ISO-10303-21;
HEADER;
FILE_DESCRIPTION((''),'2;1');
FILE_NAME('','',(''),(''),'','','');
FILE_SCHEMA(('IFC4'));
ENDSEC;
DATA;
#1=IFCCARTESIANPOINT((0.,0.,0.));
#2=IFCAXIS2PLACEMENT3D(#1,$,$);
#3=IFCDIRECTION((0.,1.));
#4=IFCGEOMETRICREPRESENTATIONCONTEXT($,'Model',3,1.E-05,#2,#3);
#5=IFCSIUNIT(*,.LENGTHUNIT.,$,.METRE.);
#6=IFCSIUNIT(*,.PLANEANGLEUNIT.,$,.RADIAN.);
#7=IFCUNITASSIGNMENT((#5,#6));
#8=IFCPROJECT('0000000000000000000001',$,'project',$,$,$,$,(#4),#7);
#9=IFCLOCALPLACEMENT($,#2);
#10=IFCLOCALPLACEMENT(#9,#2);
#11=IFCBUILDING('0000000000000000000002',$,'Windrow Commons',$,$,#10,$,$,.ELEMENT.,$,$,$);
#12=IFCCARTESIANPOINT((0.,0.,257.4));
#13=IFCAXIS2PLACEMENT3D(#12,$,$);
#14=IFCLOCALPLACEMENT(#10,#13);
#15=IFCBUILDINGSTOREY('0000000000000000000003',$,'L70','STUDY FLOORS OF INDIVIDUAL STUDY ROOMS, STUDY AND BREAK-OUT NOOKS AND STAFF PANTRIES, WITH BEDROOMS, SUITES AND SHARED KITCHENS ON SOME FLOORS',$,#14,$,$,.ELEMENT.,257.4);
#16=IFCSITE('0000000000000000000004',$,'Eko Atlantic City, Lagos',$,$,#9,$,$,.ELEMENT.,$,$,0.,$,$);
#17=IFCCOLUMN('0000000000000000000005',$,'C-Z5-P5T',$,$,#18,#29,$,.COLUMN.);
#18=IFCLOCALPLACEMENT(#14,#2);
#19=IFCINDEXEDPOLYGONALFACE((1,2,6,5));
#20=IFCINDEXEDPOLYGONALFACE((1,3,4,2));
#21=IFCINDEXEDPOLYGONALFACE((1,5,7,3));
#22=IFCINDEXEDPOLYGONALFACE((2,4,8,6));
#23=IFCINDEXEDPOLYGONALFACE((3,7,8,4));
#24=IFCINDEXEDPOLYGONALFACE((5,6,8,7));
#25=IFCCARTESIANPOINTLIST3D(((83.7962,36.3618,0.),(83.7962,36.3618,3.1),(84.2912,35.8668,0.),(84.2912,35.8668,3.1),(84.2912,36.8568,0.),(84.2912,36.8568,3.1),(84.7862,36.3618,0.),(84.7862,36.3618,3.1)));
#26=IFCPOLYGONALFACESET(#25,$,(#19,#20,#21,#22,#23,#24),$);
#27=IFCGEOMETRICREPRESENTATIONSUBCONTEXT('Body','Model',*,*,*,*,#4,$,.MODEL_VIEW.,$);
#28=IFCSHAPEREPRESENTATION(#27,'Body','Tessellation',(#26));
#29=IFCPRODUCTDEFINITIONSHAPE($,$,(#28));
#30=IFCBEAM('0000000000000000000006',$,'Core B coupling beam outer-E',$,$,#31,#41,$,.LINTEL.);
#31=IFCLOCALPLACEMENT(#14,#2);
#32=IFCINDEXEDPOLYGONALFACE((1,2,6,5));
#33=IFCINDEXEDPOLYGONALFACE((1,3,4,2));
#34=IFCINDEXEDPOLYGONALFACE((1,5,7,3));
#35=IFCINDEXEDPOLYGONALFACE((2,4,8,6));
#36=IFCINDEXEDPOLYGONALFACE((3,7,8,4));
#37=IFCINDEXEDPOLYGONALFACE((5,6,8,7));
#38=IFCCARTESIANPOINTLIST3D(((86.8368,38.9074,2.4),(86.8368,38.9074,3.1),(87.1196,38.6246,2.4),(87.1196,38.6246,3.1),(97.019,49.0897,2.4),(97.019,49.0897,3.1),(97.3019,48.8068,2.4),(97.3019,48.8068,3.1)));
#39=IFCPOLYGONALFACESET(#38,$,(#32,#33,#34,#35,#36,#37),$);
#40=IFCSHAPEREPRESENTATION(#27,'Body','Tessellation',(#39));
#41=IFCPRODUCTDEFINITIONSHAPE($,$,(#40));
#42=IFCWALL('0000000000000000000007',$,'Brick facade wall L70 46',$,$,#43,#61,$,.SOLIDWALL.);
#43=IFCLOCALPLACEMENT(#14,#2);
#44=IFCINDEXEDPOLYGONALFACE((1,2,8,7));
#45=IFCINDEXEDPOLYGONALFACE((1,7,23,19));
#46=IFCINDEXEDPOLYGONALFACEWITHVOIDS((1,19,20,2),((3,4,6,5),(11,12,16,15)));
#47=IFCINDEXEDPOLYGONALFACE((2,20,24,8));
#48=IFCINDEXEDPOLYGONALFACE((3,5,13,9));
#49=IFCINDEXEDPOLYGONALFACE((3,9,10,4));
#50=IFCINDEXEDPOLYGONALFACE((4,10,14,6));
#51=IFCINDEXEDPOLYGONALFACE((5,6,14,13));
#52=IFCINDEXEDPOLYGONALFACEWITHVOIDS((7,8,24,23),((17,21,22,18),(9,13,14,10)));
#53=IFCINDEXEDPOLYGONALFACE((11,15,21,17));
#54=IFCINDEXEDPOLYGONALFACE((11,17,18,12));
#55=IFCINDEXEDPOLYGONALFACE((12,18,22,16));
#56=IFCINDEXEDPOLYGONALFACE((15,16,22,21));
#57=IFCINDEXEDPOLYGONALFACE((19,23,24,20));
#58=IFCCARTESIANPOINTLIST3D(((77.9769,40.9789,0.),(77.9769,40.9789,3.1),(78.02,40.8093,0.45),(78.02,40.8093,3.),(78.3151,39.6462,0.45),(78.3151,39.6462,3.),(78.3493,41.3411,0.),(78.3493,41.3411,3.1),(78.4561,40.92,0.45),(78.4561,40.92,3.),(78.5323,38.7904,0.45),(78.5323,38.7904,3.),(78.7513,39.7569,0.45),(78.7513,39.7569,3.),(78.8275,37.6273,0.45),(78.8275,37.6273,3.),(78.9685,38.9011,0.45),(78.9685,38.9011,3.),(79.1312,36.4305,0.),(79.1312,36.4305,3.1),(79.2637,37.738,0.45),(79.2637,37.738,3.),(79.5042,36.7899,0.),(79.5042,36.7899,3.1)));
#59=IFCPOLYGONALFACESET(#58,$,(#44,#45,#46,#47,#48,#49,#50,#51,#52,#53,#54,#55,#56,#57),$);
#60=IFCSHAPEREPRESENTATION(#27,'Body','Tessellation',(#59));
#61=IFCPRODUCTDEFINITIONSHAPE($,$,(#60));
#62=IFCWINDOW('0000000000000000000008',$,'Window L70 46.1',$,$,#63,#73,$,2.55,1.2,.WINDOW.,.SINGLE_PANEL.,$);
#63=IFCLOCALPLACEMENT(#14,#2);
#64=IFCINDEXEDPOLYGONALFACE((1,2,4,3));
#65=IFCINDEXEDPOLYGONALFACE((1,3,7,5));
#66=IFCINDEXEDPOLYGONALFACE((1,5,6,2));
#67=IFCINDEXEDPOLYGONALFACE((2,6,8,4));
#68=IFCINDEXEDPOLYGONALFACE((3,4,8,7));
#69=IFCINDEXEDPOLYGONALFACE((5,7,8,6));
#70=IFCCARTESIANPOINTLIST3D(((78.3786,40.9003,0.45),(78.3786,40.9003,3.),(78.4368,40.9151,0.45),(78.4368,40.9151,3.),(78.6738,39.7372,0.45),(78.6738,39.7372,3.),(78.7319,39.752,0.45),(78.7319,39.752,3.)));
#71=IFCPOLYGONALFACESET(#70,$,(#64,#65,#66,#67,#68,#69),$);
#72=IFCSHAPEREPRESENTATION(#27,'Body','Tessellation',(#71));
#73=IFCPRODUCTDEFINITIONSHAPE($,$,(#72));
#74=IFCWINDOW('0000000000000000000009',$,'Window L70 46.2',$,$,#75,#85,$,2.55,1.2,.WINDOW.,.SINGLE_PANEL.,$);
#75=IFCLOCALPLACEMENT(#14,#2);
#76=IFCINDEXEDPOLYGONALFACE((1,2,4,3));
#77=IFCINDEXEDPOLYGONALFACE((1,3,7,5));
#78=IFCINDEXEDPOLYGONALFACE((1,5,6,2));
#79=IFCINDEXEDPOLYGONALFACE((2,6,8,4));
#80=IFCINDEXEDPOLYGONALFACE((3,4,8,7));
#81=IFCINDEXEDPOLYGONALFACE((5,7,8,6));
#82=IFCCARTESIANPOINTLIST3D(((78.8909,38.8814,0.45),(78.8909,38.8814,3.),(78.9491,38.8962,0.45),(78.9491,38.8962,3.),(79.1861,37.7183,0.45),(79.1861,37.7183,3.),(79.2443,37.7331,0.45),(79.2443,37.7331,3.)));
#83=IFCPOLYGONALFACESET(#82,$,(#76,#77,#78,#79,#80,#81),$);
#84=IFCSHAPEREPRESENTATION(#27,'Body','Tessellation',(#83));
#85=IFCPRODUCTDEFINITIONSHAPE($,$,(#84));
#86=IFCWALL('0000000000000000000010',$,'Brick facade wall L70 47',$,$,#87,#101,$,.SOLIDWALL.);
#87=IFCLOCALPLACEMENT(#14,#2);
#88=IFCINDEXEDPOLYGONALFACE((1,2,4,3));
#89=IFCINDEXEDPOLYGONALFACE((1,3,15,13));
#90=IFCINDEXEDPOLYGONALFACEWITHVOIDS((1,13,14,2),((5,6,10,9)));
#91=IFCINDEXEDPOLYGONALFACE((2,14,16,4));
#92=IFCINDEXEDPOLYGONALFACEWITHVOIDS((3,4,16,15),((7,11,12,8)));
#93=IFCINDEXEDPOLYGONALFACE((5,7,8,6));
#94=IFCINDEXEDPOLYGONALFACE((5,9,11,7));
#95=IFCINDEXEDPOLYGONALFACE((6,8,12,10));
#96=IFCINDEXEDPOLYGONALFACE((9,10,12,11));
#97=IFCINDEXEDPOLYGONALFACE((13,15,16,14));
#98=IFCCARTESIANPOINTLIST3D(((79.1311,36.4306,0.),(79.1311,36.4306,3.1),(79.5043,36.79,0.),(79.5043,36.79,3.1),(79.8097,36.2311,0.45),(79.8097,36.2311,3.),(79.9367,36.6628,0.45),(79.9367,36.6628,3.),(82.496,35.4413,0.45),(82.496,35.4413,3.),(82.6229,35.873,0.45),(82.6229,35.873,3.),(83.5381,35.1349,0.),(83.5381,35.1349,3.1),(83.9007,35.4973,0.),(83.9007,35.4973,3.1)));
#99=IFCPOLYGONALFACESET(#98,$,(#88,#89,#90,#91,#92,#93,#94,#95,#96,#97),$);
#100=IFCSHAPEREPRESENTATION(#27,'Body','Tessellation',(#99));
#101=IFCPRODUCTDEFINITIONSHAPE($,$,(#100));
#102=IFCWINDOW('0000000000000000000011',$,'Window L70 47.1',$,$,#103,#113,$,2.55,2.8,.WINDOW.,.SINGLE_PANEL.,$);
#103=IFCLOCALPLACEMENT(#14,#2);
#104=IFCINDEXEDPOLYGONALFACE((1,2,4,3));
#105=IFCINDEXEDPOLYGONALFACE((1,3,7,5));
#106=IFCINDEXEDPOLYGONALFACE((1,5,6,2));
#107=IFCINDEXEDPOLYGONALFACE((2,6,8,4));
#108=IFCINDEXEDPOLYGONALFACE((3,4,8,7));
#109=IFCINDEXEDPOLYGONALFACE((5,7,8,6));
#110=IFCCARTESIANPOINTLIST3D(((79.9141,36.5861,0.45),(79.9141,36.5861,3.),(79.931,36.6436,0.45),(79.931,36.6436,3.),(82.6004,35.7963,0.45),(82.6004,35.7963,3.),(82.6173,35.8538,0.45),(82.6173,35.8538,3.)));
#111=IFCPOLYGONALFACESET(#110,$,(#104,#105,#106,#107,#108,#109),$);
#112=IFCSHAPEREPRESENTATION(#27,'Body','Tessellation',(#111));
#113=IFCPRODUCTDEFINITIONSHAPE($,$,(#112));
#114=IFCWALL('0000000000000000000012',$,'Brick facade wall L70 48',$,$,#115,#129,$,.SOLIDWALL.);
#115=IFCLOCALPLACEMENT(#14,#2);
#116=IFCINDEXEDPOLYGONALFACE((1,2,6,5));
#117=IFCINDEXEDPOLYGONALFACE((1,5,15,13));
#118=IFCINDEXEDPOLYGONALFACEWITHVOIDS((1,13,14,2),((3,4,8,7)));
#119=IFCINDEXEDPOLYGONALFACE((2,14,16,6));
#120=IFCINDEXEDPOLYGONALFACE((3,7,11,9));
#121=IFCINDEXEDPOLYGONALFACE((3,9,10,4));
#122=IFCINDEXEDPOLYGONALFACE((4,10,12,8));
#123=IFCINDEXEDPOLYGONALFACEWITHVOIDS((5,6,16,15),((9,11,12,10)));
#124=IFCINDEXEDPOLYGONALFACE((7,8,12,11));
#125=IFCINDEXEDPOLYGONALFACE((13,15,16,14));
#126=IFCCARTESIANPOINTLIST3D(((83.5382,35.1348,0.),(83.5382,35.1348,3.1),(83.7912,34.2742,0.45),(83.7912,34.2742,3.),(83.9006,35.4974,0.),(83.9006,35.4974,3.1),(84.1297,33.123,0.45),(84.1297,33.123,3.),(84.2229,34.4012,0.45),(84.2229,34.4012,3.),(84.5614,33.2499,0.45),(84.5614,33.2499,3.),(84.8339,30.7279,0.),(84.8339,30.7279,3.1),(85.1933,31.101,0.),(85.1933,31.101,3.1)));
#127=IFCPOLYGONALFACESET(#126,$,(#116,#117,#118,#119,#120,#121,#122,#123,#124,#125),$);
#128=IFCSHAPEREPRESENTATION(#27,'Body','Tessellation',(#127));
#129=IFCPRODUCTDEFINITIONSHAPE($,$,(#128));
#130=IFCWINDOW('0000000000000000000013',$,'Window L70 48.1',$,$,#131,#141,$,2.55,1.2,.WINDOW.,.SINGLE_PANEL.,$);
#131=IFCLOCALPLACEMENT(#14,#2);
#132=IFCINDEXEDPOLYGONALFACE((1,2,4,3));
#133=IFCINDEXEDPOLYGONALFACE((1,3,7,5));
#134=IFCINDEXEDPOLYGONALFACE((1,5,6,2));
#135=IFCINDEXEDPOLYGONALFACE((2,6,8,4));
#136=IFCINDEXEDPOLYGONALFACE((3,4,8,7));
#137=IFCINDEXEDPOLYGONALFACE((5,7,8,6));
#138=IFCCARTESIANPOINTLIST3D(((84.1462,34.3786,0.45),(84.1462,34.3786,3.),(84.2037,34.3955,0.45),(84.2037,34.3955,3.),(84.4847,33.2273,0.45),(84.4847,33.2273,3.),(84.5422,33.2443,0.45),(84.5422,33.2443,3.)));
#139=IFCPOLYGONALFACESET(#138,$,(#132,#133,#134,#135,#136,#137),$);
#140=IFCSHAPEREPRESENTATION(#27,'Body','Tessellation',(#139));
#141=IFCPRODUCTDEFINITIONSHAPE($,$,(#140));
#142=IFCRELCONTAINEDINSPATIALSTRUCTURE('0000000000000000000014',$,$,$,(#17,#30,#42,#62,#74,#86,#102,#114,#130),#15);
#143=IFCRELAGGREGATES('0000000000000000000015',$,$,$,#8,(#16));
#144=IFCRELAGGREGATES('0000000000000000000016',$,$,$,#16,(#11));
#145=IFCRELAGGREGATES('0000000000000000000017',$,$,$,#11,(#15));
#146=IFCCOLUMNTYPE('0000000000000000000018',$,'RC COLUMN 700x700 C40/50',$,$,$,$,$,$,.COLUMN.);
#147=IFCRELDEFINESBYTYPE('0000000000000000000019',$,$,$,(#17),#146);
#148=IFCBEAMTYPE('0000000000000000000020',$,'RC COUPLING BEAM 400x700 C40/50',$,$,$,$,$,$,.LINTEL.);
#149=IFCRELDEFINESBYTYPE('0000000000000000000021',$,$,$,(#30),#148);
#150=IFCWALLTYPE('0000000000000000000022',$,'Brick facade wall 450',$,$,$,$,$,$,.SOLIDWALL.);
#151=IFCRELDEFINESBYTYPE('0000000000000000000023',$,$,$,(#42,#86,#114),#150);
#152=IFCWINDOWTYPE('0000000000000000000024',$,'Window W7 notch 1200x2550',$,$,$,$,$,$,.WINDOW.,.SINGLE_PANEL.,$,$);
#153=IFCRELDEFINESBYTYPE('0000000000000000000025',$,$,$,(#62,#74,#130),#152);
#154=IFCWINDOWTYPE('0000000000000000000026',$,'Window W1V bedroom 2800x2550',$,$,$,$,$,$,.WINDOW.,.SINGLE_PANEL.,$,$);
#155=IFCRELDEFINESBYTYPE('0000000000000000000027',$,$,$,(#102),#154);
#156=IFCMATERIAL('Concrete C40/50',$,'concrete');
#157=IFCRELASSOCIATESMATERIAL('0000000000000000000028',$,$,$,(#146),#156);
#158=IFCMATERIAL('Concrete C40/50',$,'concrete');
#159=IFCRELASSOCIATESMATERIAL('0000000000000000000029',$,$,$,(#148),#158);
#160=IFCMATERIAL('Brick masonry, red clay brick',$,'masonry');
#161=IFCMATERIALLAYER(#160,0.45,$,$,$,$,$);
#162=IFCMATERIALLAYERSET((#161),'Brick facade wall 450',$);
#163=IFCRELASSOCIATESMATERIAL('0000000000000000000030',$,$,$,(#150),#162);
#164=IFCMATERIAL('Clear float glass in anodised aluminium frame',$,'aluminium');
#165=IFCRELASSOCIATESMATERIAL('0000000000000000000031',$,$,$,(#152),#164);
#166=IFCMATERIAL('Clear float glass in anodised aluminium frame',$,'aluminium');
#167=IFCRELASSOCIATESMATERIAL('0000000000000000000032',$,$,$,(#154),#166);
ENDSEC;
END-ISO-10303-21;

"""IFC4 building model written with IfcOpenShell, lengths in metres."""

from ifc_helpers import new_model, si_unit, direction, frame, frame_2d, origin, origin_2d, place, context, subcontext, project, spatial, polyline, rectangle, outline, extrude, material, layer, layer_set, material_profile, profile_set, type_object, element, fill, save


model = new_model("IFC4")

# Units and contexts
model_context = context("Model", 3, precision=1e-05, world=origin(), true_north=direction((0.0, 1.0)))
body_context = subcontext(model_context, "Body", "Model", "MODEL_VIEW")
ifc_project = project(units=[si_unit("LENGTHUNIT", "METRE"), si_unit("PLANEANGLEUNIT", "RADIAN")], contexts=[model_context])

# Site, building, storey
site_placement = place(None, origin())
site = spatial("IfcSite", under=ifc_project, at=site_placement, Name="Eko Atlantic City, Lagos", CompositionType="ELEMENT", RefElevation=0.0)
building_placement = place(site_placement, origin())
building = spatial("IfcBuilding", under=site, at=building_placement, Name="Windrow Commons", CompositionType="ELEMENT")
storey_placement = place(building_placement, frame((0.0, 0.0, 257.4)))
storey = spatial("IfcBuildingStorey", under=building, at=storey_placement, Name="L70", Description="STUDY FLOORS OF INDIVIDUAL STUDY ROOMS, STUDY AND BREAK-OUT NOOKS AND STAFF PANTRIES, WITH BEDROOMS, SUITES AND SHARED KITCHENS ON SOME FLOORS", CompositionType="ELEMENT", Elevation=257.4)

# Column
ifc_material_1 = material(Name="Concrete C40/50", Category="concrete")
ifc_material_profile_1 = material_profile(ifc_material_1, rectangle(XDim=0.7, YDim=0.7, at=origin_2d()))
ifc_profile_set_1 = profile_set([ifc_material_profile_1], Name="Concrete C40/50")
column_type = type_object("IfcColumnType", Name="RC COLUMN 700x700 C40/50", PredefinedType="COLUMN", material=ifc_profile_set_1)
column_placement = place(storey_placement, frame((84.2912, 36.3618, 0.0), z_axis=(0.0, 0.0, 1.0), x_axis=(0.707107, -0.707107, 0.0)))
element("IfcColumn", 1, at=column_placement, inside=storey, type_object=column_type, Name="C-Z5-P5T", PredefinedType="COLUMN", context=body_context, shape_type="SweptSolid", body=[
    extrude(rectangle(XDim=0.7, YDim=0.7, at=origin_2d()), origin(), (0.0, 0.0, 1.0), 3.1),
])

# Beam
ifc_material_2 = material(Name="Concrete C40/50", Category="concrete")
ifc_material_profile_2 = material_profile(ifc_material_2, rectangle(XDim=0.4, YDim=0.7, at=origin_2d()))
ifc_profile_set_2 = profile_set([ifc_material_profile_2], Name="Concrete C40/50")
beam_type = type_object("IfcBeamType", Name="RC COUPLING BEAM 400x700 C40/50", PredefinedType="LINTEL", material=ifc_profile_set_2)
beam_placement = place(storey_placement, frame((86.9782, 38.766, 2.75), z_axis=(0.707107, 0.707107, 0.0), x_axis=(-0.707107, 0.707107, 0.0)))
element("IfcBeam", 2, at=beam_placement, inside=storey, type_object=beam_type, Name="Core B coupling beam outer-E", PredefinedType="LINTEL", context=body_context, shape_type="SweptSolid", body=[
    extrude(rectangle(XDim=0.4, YDim=0.7, at=origin_2d()), origin(), (0.0, 0.0, 1.0), 14.3999),
])

# Wall, openings, windows
ifc_material_3 = material(Name="Brick masonry, red clay brick", Category="masonry")
ifc_layer_1 = layer(ifc_material_3, 0.45)
ifc_layer_set_1 = layer_set([ifc_layer_1], Name="Brick facade wall 450")
wall_type_1 = type_object("IfcWallType", Name="Brick facade wall 450", PredefinedType="SOLIDWALL", material=ifc_layer_set_1)
wall_1_placement = place(storey_placement, frame((78.1631, 41.16, 0.0), z_axis=(0.0, 0.0, 1.0), x_axis=(0.245978, -0.969275, 0.0)))
wall_1 = element("IfcWall", 3, at=wall_1_placement, inside=storey, type_object=wall_type_1, Name="Brick facade wall L70 46", PredefinedType="SOLIDWALL", context=body_context, shape_type="SweptSolid", body=[
    extrude(outline(polyline([(0.1297, -0.225), (4.8223, -0.225), (4.5657, 0.225), (-0.1297, 0.225), (0.1297, -0.225)])), origin(), (0.0, 0.0, 1.0), 3.1),
])
opening_1_placement = place(wall_1_placement, frame((0.3047, 0.0, 0.45)))
opening_1 = element("IfcOpeningElement", 4, at=opening_1_placement, cuts=wall_1, PredefinedType="OPENING", context=body_context, shape_type="SweptSolid", body=[
    extrude(rectangle(XDim=1.2, YDim=2.55, at=frame_2d((0.6, 1.275))), frame((0.0, 0.235, 0.0), z_axis=(0.0, -1.0, 0.0), x_axis=(1.0, 0.0, 0.0)), (0.0, 0.0, 1.0), 0.47),
])
opening_2_placement = place(wall_1_placement, frame((2.3876, 0.0, 0.45)))
opening_2 = element("IfcOpeningElement", 5, at=opening_2_placement, cuts=wall_1, PredefinedType="OPENING", context=body_context, shape_type="SweptSolid", body=[
    extrude(rectangle(XDim=1.2, YDim=2.55, at=frame_2d((0.6, 1.275))), frame((0.0, 0.235, 0.0), z_axis=(0.0, -1.0, 0.0), x_axis=(1.0, 0.0, 0.0)), (0.0, 0.0, 1.0), 0.47),
])
ifc_material_4 = material(Name="Clear float glass in anodised aluminium frame", Category="aluminium")
window_type_1 = type_object("IfcWindowType", Name="Window W7 notch 1200x2550", PartitioningType="SINGLE_PANEL", PredefinedType="WINDOW", material=ifc_material_4)
window_1_placement = place(opening_1_placement, origin())
window_1 = element("IfcWindow", 6, at=window_1_placement, inside=storey, type_object=window_type_1, Name="Window L70 46.1", OverallHeight=2.55, OverallWidth=1.2, PartitioningType="SINGLE_PANEL", PredefinedType="WINDOW", context=body_context, shape_type="SweptSolid", body=[
    extrude(rectangle(XDim=1.2, YDim=2.55, at=frame_2d((0.6, 1.275))), frame((0.0, 0.205, 0.0), z_axis=(0.0, -1.0, 0.0), x_axis=(1.0, 0.0, 0.0)), (0.0, 0.0, 1.0), 0.06),
])
fill(opening_1, window_1)
window_2_placement = place(opening_2_placement, origin())
window_2 = element("IfcWindow", 7, at=window_2_placement, inside=storey, type_object=window_type_1, Name="Window L70 46.2", OverallHeight=2.55, OverallWidth=1.2, PartitioningType="SINGLE_PANEL", PredefinedType="WINDOW", context=body_context, shape_type="SweptSolid", body=[
    extrude(rectangle(XDim=1.2, YDim=2.55, at=frame_2d((0.6, 1.275))), frame((0.0, 0.205, 0.0), z_axis=(0.0, -1.0, 0.0), x_axis=(1.0, 0.0, 0.0)), (0.0, 0.0, 1.0), 0.06),
])
fill(opening_2, window_2)

# Walls, openings, windows
wall_2_placement = place(storey_placement, frame((79.3177, 36.6103, 0.0), z_axis=(0.0, 0.0, 1.0), x_axis=(0.95939, -0.282083, 0.0)))
wall_2 = element("IfcWall", 8, at=wall_2_placement, inside=storey, type_object=wall_type_1, Name="Brick facade wall L70 47", PredefinedType="SOLIDWALL", context=body_context, shape_type="SweptSolid", body=[
    extrude(outline(polyline([(-0.1283, -0.225), (4.4652, -0.225), (4.7108, 0.225), (0.1283, 0.225), (-0.1283, -0.225)])), origin(), (0.0, 0.0, 1.0), 3.1),
])
opening_3_placement = place(wall_2_placement, frame((0.579, 0.0, 0.45)))
opening_3 = element("IfcOpeningElement", 9, at=opening_3_placement, cuts=wall_2, PredefinedType="OPENING", context=body_context, shape_type="SweptSolid", body=[
    extrude(rectangle(XDim=2.8, YDim=2.55, at=frame_2d((1.4, 1.275))), frame((0.0, 0.235, 0.0), z_axis=(0.0, -1.0, 0.0), x_axis=(1.0, 0.0, 0.0)), (0.0, 0.0, 1.0), 0.47),
])
ifc_material_5 = material(Name="Clear float glass in anodised aluminium frame", Category="aluminium")
window_type_2 = type_object("IfcWindowType", Name="Window W1V bedroom 2800x2550", PartitioningType="SINGLE_PANEL", PredefinedType="WINDOW", material=ifc_material_5)
window_3_placement = place(opening_3_placement, origin())
window_3 = element("IfcWindow", 10, at=window_3_placement, inside=storey, type_object=window_type_2, Name="Window L70 47.1", OverallHeight=2.55, OverallWidth=2.8, PartitioningType="SINGLE_PANEL", PredefinedType="WINDOW", context=body_context, shape_type="SweptSolid", body=[
    extrude(rectangle(XDim=2.8, YDim=2.55, at=frame_2d((1.4, 1.275))), frame((0.0, 0.205, 0.0), z_axis=(0.0, -1.0, 0.0), x_axis=(1.0, 0.0, 0.0)), (0.0, 0.0, 1.0), 0.06),
])
fill(opening_3, window_3)
wall_3_placement = place(storey_placement, frame((83.7194, 35.3161, 0.0), z_axis=(0.0, 0.0, 1.0), x_axis=(0.282083, -0.95939, 0.0)))
wall_3 = element("IfcWall", 11, at=wall_3_placement, inside=storey, type_object=wall_type_1, Name="Brick facade wall L70 48", PredefinedType="SOLIDWALL", context=body_context, shape_type="SweptSolid", body=[
    extrude(outline(polyline([(0.1228, -0.225), (4.7163, -0.225), (4.4597, 0.225), (-0.1228, 0.225), (0.1228, -0.225)])), origin(), (0.0, 0.0, 1.0), 3.1),
])
opening_4_placement = place(wall_3_placement, frame((1.0198, 0.0, 0.45)))
opening_4 = element("IfcOpeningElement", 12, at=opening_4_placement, cuts=wall_3, PredefinedType="OPENING", context=body_context, shape_type="SweptSolid", body=[
    extrude(rectangle(XDim=1.2, YDim=2.55, at=frame_2d((0.6, 1.275))), frame((0.0, 0.235, 0.0), z_axis=(0.0, -1.0, 0.0), x_axis=(1.0, 0.0, 0.0)), (0.0, 0.0, 1.0), 0.47),
])
window_4_placement = place(opening_4_placement, origin())
window_4 = element("IfcWindow", 13, at=window_4_placement, inside=storey, type_object=window_type_1, Name="Window L70 48.1", OverallHeight=2.55, OverallWidth=1.2, PartitioningType="SINGLE_PANEL", PredefinedType="WINDOW", context=body_context, shape_type="SweptSolid", body=[
    extrude(rectangle(XDim=1.2, YDim=2.55, at=frame_2d((0.6, 1.275))), frame((0.0, 0.205, 0.0), z_axis=(0.0, -1.0, 0.0), x_axis=(1.0, 0.0, 0.0)), (0.0, 0.0, 1.0), 0.06),
])
fill(opening_4, window_4)

save(model, "model.ifc")
